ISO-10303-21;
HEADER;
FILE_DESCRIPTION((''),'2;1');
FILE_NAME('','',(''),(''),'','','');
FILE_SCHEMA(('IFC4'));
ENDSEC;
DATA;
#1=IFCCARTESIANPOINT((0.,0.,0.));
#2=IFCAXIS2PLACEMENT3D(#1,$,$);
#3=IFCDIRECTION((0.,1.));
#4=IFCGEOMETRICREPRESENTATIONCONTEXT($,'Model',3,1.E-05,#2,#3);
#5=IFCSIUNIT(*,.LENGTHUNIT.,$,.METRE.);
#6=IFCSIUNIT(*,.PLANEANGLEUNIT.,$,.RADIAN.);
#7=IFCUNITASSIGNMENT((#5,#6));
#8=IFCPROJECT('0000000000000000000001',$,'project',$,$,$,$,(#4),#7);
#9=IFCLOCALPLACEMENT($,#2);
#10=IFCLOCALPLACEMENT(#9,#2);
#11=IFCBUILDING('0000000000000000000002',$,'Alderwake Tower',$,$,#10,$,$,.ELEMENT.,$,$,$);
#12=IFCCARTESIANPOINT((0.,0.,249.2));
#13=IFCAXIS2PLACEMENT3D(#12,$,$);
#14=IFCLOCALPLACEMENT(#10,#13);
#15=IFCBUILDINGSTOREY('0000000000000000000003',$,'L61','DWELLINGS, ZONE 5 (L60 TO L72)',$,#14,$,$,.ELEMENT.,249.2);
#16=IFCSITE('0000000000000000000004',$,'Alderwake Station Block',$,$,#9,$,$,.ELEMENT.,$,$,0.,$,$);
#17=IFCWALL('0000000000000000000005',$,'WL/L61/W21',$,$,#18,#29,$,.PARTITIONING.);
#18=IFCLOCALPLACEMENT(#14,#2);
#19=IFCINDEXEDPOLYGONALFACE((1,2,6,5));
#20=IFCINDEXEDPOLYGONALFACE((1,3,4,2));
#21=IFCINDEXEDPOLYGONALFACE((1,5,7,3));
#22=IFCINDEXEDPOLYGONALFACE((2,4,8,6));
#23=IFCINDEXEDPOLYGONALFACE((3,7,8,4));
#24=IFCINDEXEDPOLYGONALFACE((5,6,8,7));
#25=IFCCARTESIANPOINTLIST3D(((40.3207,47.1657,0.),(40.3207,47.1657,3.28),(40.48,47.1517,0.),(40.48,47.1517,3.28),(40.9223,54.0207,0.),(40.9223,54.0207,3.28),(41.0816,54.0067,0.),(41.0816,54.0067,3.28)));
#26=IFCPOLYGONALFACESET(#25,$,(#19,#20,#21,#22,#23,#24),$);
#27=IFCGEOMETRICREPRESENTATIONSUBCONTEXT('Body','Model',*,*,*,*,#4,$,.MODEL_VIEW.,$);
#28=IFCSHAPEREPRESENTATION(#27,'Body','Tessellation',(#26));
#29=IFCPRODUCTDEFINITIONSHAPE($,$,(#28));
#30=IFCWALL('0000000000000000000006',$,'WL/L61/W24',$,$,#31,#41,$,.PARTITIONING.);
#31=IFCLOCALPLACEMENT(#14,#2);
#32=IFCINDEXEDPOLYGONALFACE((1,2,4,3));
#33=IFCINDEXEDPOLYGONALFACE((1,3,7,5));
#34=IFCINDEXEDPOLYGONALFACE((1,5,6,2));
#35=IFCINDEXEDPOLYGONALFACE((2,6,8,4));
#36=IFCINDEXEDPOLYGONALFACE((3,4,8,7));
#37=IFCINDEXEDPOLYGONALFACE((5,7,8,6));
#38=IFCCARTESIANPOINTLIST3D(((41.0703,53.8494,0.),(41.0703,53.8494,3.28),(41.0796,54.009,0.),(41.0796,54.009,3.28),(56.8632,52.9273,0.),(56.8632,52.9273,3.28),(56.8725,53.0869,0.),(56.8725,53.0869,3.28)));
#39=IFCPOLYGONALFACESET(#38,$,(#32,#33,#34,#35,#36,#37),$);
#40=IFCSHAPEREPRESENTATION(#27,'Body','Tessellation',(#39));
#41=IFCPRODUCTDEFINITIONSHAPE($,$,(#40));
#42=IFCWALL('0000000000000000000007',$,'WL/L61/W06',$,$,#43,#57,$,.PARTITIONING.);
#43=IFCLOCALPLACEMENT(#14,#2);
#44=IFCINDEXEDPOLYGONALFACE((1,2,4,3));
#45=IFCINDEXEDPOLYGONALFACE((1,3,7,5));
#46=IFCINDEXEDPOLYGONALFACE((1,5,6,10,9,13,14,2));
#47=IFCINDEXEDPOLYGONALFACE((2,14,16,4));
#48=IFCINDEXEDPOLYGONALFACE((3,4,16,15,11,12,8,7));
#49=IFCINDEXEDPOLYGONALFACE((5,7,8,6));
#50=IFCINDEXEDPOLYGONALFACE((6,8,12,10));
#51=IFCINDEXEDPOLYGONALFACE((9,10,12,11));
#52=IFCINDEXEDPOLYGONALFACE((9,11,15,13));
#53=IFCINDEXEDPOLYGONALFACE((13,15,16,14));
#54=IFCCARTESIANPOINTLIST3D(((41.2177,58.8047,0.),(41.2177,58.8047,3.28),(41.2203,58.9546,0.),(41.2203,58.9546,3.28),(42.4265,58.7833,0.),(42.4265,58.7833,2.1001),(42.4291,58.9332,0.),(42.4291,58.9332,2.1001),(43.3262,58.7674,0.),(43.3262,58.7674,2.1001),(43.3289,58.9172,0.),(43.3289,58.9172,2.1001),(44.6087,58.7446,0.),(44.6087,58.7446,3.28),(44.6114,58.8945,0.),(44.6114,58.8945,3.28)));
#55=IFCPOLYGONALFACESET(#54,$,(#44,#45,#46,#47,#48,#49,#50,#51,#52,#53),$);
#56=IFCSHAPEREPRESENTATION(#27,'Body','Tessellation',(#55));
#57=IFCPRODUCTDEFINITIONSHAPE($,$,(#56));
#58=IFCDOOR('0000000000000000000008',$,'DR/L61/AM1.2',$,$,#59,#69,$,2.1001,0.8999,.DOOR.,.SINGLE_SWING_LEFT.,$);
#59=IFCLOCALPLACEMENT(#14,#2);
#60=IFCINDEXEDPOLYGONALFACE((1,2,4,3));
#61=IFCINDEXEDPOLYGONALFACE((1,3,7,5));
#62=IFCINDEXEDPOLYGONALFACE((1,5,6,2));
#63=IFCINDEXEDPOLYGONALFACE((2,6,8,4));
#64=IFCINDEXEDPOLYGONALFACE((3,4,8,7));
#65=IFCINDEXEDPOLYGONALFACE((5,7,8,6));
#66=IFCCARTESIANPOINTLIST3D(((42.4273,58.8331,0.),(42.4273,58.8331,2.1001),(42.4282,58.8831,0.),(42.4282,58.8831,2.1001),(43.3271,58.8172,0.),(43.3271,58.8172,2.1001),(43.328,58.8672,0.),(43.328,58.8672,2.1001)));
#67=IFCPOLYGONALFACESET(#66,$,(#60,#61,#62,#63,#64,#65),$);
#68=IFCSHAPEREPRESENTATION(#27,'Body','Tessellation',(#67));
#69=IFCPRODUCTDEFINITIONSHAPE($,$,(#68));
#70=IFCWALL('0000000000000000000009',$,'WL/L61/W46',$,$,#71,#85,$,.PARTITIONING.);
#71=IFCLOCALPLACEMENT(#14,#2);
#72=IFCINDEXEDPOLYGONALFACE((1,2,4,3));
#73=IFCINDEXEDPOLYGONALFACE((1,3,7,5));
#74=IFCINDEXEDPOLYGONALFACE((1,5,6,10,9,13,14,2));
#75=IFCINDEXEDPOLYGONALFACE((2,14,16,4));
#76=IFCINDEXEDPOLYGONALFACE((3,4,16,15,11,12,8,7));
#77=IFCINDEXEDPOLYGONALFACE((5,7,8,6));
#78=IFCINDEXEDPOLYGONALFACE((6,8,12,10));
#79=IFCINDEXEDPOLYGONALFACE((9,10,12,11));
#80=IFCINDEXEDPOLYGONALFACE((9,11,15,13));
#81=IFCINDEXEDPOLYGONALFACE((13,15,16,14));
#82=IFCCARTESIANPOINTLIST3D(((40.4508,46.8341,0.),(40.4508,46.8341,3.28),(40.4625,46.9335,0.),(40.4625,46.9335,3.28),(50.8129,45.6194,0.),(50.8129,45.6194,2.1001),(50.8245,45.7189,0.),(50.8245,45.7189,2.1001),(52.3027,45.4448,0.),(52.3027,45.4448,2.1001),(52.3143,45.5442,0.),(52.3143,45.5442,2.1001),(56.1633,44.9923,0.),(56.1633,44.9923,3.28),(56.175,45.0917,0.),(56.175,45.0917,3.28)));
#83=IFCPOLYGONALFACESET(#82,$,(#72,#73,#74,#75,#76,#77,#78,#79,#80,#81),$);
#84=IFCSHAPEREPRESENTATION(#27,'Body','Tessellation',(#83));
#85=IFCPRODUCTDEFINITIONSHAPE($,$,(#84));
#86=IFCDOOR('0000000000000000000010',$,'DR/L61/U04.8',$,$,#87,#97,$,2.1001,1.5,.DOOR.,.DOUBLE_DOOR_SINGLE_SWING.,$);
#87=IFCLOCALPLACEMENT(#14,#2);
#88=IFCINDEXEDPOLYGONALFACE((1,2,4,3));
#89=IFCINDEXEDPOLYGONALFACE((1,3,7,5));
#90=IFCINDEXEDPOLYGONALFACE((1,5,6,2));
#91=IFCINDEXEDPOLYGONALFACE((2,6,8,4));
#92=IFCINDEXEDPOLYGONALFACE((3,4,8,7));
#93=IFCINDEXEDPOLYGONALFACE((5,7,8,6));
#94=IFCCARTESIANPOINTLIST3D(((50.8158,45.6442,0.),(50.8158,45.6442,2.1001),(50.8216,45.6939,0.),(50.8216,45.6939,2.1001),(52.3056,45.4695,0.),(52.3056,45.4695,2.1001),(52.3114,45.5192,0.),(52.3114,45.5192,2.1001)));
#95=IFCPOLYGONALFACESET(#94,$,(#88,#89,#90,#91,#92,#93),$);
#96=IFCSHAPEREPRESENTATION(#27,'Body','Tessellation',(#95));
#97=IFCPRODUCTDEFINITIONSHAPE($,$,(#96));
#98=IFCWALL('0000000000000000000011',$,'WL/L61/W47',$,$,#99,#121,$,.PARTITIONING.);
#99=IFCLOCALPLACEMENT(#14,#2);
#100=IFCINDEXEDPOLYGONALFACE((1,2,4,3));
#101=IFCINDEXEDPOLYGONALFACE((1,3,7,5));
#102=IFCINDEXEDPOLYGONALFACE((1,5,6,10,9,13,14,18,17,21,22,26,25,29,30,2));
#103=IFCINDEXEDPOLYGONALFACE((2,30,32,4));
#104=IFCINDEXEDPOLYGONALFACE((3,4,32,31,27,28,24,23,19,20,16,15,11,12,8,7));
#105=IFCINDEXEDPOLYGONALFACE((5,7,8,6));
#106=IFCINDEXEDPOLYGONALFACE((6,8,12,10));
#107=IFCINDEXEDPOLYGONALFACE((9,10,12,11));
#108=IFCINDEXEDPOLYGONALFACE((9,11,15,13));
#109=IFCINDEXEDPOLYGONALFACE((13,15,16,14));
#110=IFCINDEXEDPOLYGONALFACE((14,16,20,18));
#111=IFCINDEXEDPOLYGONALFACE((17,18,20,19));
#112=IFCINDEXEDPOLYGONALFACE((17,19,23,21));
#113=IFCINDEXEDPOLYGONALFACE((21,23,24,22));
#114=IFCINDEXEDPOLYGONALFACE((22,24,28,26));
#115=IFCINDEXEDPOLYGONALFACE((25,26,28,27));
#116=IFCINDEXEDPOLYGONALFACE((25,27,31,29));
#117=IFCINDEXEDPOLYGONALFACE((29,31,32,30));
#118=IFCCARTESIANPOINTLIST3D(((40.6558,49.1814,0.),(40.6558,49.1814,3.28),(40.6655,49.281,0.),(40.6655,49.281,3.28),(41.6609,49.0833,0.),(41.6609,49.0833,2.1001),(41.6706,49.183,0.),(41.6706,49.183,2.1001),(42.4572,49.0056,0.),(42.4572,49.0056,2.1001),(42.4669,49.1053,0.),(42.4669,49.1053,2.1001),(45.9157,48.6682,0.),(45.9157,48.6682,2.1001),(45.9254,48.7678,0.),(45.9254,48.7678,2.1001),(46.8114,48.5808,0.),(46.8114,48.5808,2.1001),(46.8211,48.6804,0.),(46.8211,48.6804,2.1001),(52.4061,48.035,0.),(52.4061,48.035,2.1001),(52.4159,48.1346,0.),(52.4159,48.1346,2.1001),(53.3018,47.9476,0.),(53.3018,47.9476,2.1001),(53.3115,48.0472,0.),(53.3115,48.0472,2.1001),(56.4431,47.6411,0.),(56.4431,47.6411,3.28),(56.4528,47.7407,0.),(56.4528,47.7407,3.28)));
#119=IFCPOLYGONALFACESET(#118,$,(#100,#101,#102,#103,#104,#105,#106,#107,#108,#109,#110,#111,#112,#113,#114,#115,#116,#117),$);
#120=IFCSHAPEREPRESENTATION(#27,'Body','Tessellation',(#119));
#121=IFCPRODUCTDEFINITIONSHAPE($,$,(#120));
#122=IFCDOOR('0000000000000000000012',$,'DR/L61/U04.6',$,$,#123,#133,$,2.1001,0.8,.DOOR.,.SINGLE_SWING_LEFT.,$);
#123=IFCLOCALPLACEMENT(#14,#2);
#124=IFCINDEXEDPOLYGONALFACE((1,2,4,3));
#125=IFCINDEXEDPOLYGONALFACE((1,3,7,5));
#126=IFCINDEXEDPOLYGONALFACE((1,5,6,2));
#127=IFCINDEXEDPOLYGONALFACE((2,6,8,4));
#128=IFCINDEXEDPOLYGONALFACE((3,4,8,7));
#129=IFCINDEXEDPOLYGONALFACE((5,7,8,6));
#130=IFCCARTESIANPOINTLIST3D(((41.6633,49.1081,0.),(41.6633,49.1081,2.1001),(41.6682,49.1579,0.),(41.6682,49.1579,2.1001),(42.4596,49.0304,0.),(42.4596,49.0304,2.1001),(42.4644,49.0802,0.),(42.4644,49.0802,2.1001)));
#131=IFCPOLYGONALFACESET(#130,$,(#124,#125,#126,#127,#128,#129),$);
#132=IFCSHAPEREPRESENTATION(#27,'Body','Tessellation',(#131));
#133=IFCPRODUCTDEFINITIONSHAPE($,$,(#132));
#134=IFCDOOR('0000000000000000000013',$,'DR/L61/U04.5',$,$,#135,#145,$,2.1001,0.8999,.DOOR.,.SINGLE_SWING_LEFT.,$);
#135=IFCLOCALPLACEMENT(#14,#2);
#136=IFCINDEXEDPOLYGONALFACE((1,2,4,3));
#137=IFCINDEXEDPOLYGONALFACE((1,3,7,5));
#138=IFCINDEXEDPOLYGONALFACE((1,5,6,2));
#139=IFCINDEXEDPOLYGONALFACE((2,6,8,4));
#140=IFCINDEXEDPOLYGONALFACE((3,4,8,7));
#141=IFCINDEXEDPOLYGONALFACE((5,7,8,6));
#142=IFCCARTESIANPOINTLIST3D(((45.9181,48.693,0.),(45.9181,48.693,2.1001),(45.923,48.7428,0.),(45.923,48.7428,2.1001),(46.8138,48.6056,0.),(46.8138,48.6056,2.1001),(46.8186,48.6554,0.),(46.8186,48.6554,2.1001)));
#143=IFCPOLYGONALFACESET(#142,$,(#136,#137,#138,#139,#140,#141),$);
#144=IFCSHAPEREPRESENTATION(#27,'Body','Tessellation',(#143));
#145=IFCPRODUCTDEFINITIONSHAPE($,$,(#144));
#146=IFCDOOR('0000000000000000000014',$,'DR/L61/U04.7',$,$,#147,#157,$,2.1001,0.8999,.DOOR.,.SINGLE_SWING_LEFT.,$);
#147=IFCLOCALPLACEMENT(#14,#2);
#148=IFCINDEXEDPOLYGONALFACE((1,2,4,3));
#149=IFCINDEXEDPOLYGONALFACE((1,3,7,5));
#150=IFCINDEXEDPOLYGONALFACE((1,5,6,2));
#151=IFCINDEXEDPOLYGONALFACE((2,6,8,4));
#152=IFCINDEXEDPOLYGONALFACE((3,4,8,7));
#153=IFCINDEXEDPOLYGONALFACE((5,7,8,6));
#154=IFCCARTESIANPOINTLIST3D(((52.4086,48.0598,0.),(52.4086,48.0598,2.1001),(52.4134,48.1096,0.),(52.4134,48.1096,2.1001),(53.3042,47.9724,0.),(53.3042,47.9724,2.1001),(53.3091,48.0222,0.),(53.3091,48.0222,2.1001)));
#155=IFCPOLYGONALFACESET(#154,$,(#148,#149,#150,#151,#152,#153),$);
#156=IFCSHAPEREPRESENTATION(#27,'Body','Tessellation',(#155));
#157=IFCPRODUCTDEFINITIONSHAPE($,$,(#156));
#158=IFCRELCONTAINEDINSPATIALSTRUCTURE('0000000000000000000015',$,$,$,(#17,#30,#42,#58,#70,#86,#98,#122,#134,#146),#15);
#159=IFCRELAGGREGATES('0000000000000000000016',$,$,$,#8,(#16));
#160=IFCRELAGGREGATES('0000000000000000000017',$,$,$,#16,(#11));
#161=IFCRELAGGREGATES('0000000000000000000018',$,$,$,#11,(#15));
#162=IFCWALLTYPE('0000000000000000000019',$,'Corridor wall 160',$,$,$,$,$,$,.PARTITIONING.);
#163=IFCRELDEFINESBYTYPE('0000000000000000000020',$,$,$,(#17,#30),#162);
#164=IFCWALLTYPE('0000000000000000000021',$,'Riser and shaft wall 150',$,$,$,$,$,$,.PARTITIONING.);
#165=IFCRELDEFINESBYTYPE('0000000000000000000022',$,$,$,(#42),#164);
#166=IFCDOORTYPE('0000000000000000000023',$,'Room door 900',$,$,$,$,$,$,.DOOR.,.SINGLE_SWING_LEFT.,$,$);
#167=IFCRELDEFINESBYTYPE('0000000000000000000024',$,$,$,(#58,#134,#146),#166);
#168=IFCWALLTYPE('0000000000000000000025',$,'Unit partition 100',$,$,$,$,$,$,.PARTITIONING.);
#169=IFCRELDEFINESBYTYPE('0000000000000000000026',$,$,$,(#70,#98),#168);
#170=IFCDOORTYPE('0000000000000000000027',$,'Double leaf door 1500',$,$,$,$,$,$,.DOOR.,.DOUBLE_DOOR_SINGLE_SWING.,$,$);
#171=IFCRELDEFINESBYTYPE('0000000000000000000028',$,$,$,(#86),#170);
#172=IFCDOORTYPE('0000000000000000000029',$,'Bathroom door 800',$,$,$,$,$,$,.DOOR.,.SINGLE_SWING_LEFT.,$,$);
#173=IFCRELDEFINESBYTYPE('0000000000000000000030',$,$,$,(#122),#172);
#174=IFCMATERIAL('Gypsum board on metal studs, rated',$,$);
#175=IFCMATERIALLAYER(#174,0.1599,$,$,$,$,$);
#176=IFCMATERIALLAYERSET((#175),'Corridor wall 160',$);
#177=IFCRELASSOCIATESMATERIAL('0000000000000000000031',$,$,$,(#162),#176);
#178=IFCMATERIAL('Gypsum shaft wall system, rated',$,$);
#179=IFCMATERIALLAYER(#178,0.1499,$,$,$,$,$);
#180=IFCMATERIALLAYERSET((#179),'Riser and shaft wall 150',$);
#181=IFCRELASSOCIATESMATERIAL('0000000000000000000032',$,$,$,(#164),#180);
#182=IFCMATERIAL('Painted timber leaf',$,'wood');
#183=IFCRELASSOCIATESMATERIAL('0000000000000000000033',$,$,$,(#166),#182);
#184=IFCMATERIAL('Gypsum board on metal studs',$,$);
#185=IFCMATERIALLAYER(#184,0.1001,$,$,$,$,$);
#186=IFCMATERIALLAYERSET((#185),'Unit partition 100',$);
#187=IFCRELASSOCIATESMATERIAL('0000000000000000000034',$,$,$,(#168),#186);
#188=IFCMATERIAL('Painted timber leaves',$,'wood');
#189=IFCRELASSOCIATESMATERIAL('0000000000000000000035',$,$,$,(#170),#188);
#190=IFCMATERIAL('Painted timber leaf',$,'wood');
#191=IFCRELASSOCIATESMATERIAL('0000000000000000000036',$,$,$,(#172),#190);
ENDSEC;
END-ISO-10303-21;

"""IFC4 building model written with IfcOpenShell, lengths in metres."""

from ifc_helpers import new_model, si_unit, direction, frame, frame_2d, origin, place, context, subcontext, project, spatial, rectangle, extrude, material, layer, layer_set, type_object, element, fill, save


model = new_model("IFC4")

# Units and contexts
model_context = context("Model", 3, precision=1e-05, world=origin(), true_north=direction((0.0, 1.0)))
body_context = subcontext(model_context, "Body", "Model", "MODEL_VIEW")
ifc_project = project(units=[si_unit("LENGTHUNIT", "METRE"), si_unit("PLANEANGLEUNIT", "RADIAN")], contexts=[model_context])

# Site, building, storey
site_placement = place(None, origin())
site = spatial("IfcSite", under=ifc_project, at=site_placement, Name="Alderwake Station Block", CompositionType="ELEMENT", RefElevation=0.0)
building_placement = place(site_placement, origin())
building = spatial("IfcBuilding", under=site, at=building_placement, Name="Alderwake Tower", CompositionType="ELEMENT")
storey_placement = place(building_placement, frame((0.0, 0.0, 249.2)))
storey = spatial("IfcBuildingStorey", under=building, at=storey_placement, Name="L61", Description="DWELLINGS, ZONE 5 (L60 TO L72)", CompositionType="ELEMENT", Elevation=249.2)

# Shared definitions
ifc_material_1 = material(Name="Gypsum board on metal studs, rated")
ifc_layer_1 = layer(ifc_material_1, 0.1599)
ifc_layer_set_1 = layer_set([ifc_layer_1], Name="Corridor wall 160")
wall_type_1 = type_object("IfcWallType", Name="Corridor wall 160", PredefinedType="PARTITIONING", material=ifc_layer_set_1)

# Walls
wall_1_placement = place(storey_placement, frame((40.4004, 47.1587, 0.0), z_axis=(0.0, 0.0, 1.0), x_axis=(0.08742, 0.996172, 0.0)))
element("IfcWall", 1, at=wall_1_placement, inside=storey, type_object=wall_type_1, Name="WL/L61/W21", PredefinedType="PARTITIONING", context=body_context, shape_type="SweptSolid", body=[
    extrude(rectangle(XDim=6.8813, YDim=0.1599, at=frame_2d((3.4407, 0.0))), origin(), (0.0, 0.0, 1.0), 3.28),
])
wall_2_placement = place(storey_placement, frame((41.075, 53.9292, 0.0), z_axis=(0.0, 0.0, 1.0), x_axis=(0.9983, -0.058289, 0.0)))
element("IfcWall", 2, at=wall_2_placement, inside=storey, type_object=wall_type_1, Name="WL/L61/W24", PredefinedType="PARTITIONING", context=body_context, shape_type="SweptSolid", body=[
    extrude(rectangle(XDim=15.8198, YDim=0.1599, at=frame_2d((7.9099, 0.0))), origin(), (0.0, 0.0, 1.0), 3.28),
])

# Walls, openings, doors
ifc_material_2 = material(Name="Gypsum shaft wall system, rated")
ifc_layer_2 = layer(ifc_material_2, 0.1499)
ifc_layer_set_2 = layer_set([ifc_layer_2], Name="Riser and shaft wall 150")
wall_type_2 = type_object("IfcWallType", Name="Riser and shaft wall 150", PredefinedType="PARTITIONING", material=ifc_layer_set_2)
wall_3_placement = place(storey_placement, frame((41.219, 58.8796, 0.0), z_axis=(0.0, 0.0, 1.0), x_axis=(0.999843, -0.017708, 0.0)))
wall_3 = element("IfcWall", 3, at=wall_3_placement, inside=storey, type_object=wall_type_2, Name="WL/L61/W06", PredefinedType="PARTITIONING", context=body_context, shape_type="SweptSolid", body=[
    extrude(rectangle(XDim=3.3916, YDim=0.1499, at=frame_2d((1.6958, 0.0))), origin(), (0.0, 0.0, 1.0), 3.28),
])
opening_1_placement = place(wall_3_placement, frame((1.209, 0.0, 0.0)))
opening_1 = element("IfcOpeningElement", 4, at=opening_1_placement, cuts=wall_3, PredefinedType="OPENING", context=body_context, shape_type="SweptSolid", body=[
    extrude(rectangle(XDim=0.8999, YDim=2.1001, at=frame_2d((0.45, 1.05))), frame((0.0, 0.085, 0.0), z_axis=(0.0, -1.0, 0.0), x_axis=(1.0, 0.0, 0.0)), (0.0, 0.0, 1.0), 0.1699),
])
ifc_material_3 = material(Name="Painted timber leaf", Category="wood")
door_type_1 = type_object("IfcDoorType", Name="Room door 900", OperationType="SINGLE_SWING_LEFT", PredefinedType="DOOR", material=ifc_material_3)
door_1_placement = place(opening_1_placement, origin())
door_1 = element("IfcDoor", 5, at=door_1_placement, inside=storey, type_object=door_type_1, Name="DR/L61/AM1.2", OperationType="SINGLE_SWING_LEFT", OverallHeight=2.1001, OverallWidth=0.8999, PredefinedType="DOOR", context=body_context, shape_type="SweptSolid", body=[
    extrude(rectangle(XDim=0.8999, YDim=2.1001, at=frame_2d((0.45, 1.05))), frame((0.0, 0.0249, 0.0), z_axis=(0.0, -1.0, 0.0), x_axis=(1.0, 0.0, 0.0)), (0.0, 0.0, 1.0), 0.05),
])
fill(opening_1, door_1)
ifc_material_4 = material(Name="Gypsum board on metal studs")
ifc_layer_3 = layer(ifc_material_4, 0.1001)
ifc_layer_set_3 = layer_set([ifc_layer_3], Name="Unit partition 100")
wall_type_3 = type_object("IfcWallType", Name="Unit partition 100", PredefinedType="PARTITIONING", material=ifc_layer_set_3)
wall_4_placement = place(storey_placement, frame((40.4565, 46.8838, 0.0), z_axis=(0.0, 0.0, 1.0), x_axis=(0.9932, -0.116422, 0.0)))
wall_4 = element("IfcWall", 6, at=wall_4_placement, inside=storey, type_object=wall_type_3, Name="WL/L61/W46", PredefinedType="PARTITIONING", context=body_context, shape_type="SweptSolid", body=[
    extrude(rectangle(XDim=15.8201, YDim=0.1001, at=frame_2d((7.9102, 0.0))), origin(), (0.0, 0.0, 1.0), 3.28),
])
opening_2_placement = place(wall_4_placement, frame((10.4331, 0.0, 0.0)))
opening_2 = element("IfcOpeningElement", 7, at=opening_2_placement, cuts=wall_4, PredefinedType="OPENING", context=body_context, shape_type="SweptSolid", body=[
    extrude(rectangle(XDim=1.5, YDim=2.1001, at=frame_2d((0.75, 1.05))), frame((0.0, 0.0601, 0.0), z_axis=(0.0, -1.0, 0.0), x_axis=(1.0, 0.0, 0.0)), (0.0, 0.0, 1.0), 0.1201),
])
ifc_material_5 = material(Name="Painted timber leaves", Category="wood")
door_type_2 = type_object("IfcDoorType", Name="Double leaf door 1500", OperationType="DOUBLE_DOOR_SINGLE_SWING", PredefinedType="DOOR", material=ifc_material_5)
door_2_placement = place(opening_2_placement, origin())
door_2 = element("IfcDoor", 8, at=door_2_placement, inside=storey, type_object=door_type_2, Name="DR/L61/U04.8", OperationType="DOUBLE_DOOR_SINGLE_SWING", OverallHeight=2.1001, OverallWidth=1.5, PredefinedType="DOOR", context=body_context, shape_type="SweptSolid", body=[
    extrude(rectangle(XDim=1.5, YDim=2.1001, at=frame_2d((0.75, 1.05))), frame((0.0, 0.0249, 0.0), z_axis=(0.0, -1.0, 0.0), x_axis=(1.0, 0.0, 0.0)), (0.0, 0.0, 1.0), 0.05),
])
fill(opening_2, door_2)

# Wall, openings, doors
wall_5_placement = place(storey_placement, frame((40.6606, 49.2312, 0.0), z_axis=(0.0, 0.0, 1.0), x_axis=(0.995274, -0.097103, 0.0)))
wall_5 = element("IfcWall", 9, at=wall_5_placement, inside=storey, type_object=wall_type_3, Name="WL/L61/W47", PredefinedType="PARTITIONING", context=body_context, shape_type="SweptSolid", body=[
    extrude(rectangle(XDim=15.8623, YDim=0.1001, at=frame_2d((7.9312, 0.0))), origin(), (0.0, 0.0, 1.0), 3.28),
])
opening_3_placement = place(wall_5_placement, frame((5.2849, 0.0, 0.0)))
opening_3 = element("IfcOpeningElement", 10, at=opening_3_placement, cuts=wall_5, PredefinedType="OPENING", context=body_context, shape_type="SweptSolid", body=[
    extrude(rectangle(XDim=0.8999, YDim=2.1001, at=frame_2d((0.45, 1.05))), frame((0.0, 0.0601, 0.0), z_axis=(0.0, -1.0, 0.0), x_axis=(1.0, 0.0, 0.0)), (0.0, 0.0, 1.0), 0.1201),
])
opening_4_placement = place(wall_5_placement, frame((1.01, 0.0, 0.0)))
opening_4 = element("IfcOpeningElement", 11, at=opening_4_placement, cuts=wall_5, PredefinedType="OPENING", context=body_context, shape_type="SweptSolid", body=[
    extrude(rectangle(XDim=0.8, YDim=2.1001, at=frame_2d((0.3999, 1.05))), frame((0.0, 0.0601, 0.0), z_axis=(0.0, -1.0, 0.0), x_axis=(1.0, 0.0, 0.0)), (0.0, 0.0, 1.0), 0.1201),
])
opening_5_placement = place(wall_5_placement, frame((11.8062, 0.0, 0.0)))
opening_5 = element("IfcOpeningElement", 12, at=opening_5_placement, cuts=wall_5, PredefinedType="OPENING", context=body_context, shape_type="SweptSolid", body=[
    extrude(rectangle(XDim=0.8999, YDim=2.1001, at=frame_2d((0.45, 1.05))), frame((0.0, 0.0601, 0.0), z_axis=(0.0, -1.0, 0.0), x_axis=(1.0, 0.0, 0.0)), (0.0, 0.0, 1.0), 0.1201),
])
ifc_material_6 = material(Name="Painted timber leaf", Category="wood")
door_type_3 = type_object("IfcDoorType", Name="Bathroom door 800", OperationType="SINGLE_SWING_LEFT", PredefinedType="DOOR", material=ifc_material_6)
door_3_placement = place(opening_4_placement, origin())
door_3 = element("IfcDoor", 13, at=door_3_placement, inside=storey, type_object=door_type_3, Name="DR/L61/U04.6", OperationType="SINGLE_SWING_LEFT", OverallHeight=2.1001, OverallWidth=0.8, PredefinedType="DOOR", context=body_context, shape_type="SweptSolid", body=[
    extrude(rectangle(XDim=0.8, YDim=2.1001, at=frame_2d((0.3999, 1.05))), frame((0.0, 0.0249, 0.0), z_axis=(0.0, -1.0, 0.0), x_axis=(1.0, 0.0, 0.0)), (0.0, 0.0, 1.0), 0.05),
])
fill(opening_4, door_3)
door_4_placement = place(opening_3_placement, origin())
door_4 = element("IfcDoor", 14, at=door_4_placement, inside=storey, type_object=door_type_1, Name="DR/L61/U04.5", OperationType="SINGLE_SWING_LEFT", OverallHeight=2.1001, OverallWidth=0.8999, PredefinedType="DOOR", context=body_context, shape_type="SweptSolid", body=[
    extrude(rectangle(XDim=0.8999, YDim=2.1001, at=frame_2d((0.45, 1.05))), frame((0.0, 0.0249, 0.0), z_axis=(0.0, -1.0, 0.0), x_axis=(1.0, 0.0, 0.0)), (0.0, 0.0, 1.0), 0.05),
])
fill(opening_3, door_4)
door_5_placement = place(opening_5_placement, origin())
door_5 = element("IfcDoor", 15, at=door_5_placement, inside=storey, type_object=door_type_1, Name="DR/L61/U04.7", OperationType="SINGLE_SWING_LEFT", OverallHeight=2.1001, OverallWidth=0.8999, PredefinedType="DOOR", context=body_context, shape_type="SweptSolid", body=[
    extrude(rectangle(XDim=0.8999, YDim=2.1001, at=frame_2d((0.45, 1.05))), frame((0.0, 0.0249, 0.0), z_axis=(0.0, -1.0, 0.0), x_axis=(1.0, 0.0, 0.0)), (0.0, 0.0, 1.0), 0.05),
])
fill(opening_5, door_5)

save(model, "model.ifc")
